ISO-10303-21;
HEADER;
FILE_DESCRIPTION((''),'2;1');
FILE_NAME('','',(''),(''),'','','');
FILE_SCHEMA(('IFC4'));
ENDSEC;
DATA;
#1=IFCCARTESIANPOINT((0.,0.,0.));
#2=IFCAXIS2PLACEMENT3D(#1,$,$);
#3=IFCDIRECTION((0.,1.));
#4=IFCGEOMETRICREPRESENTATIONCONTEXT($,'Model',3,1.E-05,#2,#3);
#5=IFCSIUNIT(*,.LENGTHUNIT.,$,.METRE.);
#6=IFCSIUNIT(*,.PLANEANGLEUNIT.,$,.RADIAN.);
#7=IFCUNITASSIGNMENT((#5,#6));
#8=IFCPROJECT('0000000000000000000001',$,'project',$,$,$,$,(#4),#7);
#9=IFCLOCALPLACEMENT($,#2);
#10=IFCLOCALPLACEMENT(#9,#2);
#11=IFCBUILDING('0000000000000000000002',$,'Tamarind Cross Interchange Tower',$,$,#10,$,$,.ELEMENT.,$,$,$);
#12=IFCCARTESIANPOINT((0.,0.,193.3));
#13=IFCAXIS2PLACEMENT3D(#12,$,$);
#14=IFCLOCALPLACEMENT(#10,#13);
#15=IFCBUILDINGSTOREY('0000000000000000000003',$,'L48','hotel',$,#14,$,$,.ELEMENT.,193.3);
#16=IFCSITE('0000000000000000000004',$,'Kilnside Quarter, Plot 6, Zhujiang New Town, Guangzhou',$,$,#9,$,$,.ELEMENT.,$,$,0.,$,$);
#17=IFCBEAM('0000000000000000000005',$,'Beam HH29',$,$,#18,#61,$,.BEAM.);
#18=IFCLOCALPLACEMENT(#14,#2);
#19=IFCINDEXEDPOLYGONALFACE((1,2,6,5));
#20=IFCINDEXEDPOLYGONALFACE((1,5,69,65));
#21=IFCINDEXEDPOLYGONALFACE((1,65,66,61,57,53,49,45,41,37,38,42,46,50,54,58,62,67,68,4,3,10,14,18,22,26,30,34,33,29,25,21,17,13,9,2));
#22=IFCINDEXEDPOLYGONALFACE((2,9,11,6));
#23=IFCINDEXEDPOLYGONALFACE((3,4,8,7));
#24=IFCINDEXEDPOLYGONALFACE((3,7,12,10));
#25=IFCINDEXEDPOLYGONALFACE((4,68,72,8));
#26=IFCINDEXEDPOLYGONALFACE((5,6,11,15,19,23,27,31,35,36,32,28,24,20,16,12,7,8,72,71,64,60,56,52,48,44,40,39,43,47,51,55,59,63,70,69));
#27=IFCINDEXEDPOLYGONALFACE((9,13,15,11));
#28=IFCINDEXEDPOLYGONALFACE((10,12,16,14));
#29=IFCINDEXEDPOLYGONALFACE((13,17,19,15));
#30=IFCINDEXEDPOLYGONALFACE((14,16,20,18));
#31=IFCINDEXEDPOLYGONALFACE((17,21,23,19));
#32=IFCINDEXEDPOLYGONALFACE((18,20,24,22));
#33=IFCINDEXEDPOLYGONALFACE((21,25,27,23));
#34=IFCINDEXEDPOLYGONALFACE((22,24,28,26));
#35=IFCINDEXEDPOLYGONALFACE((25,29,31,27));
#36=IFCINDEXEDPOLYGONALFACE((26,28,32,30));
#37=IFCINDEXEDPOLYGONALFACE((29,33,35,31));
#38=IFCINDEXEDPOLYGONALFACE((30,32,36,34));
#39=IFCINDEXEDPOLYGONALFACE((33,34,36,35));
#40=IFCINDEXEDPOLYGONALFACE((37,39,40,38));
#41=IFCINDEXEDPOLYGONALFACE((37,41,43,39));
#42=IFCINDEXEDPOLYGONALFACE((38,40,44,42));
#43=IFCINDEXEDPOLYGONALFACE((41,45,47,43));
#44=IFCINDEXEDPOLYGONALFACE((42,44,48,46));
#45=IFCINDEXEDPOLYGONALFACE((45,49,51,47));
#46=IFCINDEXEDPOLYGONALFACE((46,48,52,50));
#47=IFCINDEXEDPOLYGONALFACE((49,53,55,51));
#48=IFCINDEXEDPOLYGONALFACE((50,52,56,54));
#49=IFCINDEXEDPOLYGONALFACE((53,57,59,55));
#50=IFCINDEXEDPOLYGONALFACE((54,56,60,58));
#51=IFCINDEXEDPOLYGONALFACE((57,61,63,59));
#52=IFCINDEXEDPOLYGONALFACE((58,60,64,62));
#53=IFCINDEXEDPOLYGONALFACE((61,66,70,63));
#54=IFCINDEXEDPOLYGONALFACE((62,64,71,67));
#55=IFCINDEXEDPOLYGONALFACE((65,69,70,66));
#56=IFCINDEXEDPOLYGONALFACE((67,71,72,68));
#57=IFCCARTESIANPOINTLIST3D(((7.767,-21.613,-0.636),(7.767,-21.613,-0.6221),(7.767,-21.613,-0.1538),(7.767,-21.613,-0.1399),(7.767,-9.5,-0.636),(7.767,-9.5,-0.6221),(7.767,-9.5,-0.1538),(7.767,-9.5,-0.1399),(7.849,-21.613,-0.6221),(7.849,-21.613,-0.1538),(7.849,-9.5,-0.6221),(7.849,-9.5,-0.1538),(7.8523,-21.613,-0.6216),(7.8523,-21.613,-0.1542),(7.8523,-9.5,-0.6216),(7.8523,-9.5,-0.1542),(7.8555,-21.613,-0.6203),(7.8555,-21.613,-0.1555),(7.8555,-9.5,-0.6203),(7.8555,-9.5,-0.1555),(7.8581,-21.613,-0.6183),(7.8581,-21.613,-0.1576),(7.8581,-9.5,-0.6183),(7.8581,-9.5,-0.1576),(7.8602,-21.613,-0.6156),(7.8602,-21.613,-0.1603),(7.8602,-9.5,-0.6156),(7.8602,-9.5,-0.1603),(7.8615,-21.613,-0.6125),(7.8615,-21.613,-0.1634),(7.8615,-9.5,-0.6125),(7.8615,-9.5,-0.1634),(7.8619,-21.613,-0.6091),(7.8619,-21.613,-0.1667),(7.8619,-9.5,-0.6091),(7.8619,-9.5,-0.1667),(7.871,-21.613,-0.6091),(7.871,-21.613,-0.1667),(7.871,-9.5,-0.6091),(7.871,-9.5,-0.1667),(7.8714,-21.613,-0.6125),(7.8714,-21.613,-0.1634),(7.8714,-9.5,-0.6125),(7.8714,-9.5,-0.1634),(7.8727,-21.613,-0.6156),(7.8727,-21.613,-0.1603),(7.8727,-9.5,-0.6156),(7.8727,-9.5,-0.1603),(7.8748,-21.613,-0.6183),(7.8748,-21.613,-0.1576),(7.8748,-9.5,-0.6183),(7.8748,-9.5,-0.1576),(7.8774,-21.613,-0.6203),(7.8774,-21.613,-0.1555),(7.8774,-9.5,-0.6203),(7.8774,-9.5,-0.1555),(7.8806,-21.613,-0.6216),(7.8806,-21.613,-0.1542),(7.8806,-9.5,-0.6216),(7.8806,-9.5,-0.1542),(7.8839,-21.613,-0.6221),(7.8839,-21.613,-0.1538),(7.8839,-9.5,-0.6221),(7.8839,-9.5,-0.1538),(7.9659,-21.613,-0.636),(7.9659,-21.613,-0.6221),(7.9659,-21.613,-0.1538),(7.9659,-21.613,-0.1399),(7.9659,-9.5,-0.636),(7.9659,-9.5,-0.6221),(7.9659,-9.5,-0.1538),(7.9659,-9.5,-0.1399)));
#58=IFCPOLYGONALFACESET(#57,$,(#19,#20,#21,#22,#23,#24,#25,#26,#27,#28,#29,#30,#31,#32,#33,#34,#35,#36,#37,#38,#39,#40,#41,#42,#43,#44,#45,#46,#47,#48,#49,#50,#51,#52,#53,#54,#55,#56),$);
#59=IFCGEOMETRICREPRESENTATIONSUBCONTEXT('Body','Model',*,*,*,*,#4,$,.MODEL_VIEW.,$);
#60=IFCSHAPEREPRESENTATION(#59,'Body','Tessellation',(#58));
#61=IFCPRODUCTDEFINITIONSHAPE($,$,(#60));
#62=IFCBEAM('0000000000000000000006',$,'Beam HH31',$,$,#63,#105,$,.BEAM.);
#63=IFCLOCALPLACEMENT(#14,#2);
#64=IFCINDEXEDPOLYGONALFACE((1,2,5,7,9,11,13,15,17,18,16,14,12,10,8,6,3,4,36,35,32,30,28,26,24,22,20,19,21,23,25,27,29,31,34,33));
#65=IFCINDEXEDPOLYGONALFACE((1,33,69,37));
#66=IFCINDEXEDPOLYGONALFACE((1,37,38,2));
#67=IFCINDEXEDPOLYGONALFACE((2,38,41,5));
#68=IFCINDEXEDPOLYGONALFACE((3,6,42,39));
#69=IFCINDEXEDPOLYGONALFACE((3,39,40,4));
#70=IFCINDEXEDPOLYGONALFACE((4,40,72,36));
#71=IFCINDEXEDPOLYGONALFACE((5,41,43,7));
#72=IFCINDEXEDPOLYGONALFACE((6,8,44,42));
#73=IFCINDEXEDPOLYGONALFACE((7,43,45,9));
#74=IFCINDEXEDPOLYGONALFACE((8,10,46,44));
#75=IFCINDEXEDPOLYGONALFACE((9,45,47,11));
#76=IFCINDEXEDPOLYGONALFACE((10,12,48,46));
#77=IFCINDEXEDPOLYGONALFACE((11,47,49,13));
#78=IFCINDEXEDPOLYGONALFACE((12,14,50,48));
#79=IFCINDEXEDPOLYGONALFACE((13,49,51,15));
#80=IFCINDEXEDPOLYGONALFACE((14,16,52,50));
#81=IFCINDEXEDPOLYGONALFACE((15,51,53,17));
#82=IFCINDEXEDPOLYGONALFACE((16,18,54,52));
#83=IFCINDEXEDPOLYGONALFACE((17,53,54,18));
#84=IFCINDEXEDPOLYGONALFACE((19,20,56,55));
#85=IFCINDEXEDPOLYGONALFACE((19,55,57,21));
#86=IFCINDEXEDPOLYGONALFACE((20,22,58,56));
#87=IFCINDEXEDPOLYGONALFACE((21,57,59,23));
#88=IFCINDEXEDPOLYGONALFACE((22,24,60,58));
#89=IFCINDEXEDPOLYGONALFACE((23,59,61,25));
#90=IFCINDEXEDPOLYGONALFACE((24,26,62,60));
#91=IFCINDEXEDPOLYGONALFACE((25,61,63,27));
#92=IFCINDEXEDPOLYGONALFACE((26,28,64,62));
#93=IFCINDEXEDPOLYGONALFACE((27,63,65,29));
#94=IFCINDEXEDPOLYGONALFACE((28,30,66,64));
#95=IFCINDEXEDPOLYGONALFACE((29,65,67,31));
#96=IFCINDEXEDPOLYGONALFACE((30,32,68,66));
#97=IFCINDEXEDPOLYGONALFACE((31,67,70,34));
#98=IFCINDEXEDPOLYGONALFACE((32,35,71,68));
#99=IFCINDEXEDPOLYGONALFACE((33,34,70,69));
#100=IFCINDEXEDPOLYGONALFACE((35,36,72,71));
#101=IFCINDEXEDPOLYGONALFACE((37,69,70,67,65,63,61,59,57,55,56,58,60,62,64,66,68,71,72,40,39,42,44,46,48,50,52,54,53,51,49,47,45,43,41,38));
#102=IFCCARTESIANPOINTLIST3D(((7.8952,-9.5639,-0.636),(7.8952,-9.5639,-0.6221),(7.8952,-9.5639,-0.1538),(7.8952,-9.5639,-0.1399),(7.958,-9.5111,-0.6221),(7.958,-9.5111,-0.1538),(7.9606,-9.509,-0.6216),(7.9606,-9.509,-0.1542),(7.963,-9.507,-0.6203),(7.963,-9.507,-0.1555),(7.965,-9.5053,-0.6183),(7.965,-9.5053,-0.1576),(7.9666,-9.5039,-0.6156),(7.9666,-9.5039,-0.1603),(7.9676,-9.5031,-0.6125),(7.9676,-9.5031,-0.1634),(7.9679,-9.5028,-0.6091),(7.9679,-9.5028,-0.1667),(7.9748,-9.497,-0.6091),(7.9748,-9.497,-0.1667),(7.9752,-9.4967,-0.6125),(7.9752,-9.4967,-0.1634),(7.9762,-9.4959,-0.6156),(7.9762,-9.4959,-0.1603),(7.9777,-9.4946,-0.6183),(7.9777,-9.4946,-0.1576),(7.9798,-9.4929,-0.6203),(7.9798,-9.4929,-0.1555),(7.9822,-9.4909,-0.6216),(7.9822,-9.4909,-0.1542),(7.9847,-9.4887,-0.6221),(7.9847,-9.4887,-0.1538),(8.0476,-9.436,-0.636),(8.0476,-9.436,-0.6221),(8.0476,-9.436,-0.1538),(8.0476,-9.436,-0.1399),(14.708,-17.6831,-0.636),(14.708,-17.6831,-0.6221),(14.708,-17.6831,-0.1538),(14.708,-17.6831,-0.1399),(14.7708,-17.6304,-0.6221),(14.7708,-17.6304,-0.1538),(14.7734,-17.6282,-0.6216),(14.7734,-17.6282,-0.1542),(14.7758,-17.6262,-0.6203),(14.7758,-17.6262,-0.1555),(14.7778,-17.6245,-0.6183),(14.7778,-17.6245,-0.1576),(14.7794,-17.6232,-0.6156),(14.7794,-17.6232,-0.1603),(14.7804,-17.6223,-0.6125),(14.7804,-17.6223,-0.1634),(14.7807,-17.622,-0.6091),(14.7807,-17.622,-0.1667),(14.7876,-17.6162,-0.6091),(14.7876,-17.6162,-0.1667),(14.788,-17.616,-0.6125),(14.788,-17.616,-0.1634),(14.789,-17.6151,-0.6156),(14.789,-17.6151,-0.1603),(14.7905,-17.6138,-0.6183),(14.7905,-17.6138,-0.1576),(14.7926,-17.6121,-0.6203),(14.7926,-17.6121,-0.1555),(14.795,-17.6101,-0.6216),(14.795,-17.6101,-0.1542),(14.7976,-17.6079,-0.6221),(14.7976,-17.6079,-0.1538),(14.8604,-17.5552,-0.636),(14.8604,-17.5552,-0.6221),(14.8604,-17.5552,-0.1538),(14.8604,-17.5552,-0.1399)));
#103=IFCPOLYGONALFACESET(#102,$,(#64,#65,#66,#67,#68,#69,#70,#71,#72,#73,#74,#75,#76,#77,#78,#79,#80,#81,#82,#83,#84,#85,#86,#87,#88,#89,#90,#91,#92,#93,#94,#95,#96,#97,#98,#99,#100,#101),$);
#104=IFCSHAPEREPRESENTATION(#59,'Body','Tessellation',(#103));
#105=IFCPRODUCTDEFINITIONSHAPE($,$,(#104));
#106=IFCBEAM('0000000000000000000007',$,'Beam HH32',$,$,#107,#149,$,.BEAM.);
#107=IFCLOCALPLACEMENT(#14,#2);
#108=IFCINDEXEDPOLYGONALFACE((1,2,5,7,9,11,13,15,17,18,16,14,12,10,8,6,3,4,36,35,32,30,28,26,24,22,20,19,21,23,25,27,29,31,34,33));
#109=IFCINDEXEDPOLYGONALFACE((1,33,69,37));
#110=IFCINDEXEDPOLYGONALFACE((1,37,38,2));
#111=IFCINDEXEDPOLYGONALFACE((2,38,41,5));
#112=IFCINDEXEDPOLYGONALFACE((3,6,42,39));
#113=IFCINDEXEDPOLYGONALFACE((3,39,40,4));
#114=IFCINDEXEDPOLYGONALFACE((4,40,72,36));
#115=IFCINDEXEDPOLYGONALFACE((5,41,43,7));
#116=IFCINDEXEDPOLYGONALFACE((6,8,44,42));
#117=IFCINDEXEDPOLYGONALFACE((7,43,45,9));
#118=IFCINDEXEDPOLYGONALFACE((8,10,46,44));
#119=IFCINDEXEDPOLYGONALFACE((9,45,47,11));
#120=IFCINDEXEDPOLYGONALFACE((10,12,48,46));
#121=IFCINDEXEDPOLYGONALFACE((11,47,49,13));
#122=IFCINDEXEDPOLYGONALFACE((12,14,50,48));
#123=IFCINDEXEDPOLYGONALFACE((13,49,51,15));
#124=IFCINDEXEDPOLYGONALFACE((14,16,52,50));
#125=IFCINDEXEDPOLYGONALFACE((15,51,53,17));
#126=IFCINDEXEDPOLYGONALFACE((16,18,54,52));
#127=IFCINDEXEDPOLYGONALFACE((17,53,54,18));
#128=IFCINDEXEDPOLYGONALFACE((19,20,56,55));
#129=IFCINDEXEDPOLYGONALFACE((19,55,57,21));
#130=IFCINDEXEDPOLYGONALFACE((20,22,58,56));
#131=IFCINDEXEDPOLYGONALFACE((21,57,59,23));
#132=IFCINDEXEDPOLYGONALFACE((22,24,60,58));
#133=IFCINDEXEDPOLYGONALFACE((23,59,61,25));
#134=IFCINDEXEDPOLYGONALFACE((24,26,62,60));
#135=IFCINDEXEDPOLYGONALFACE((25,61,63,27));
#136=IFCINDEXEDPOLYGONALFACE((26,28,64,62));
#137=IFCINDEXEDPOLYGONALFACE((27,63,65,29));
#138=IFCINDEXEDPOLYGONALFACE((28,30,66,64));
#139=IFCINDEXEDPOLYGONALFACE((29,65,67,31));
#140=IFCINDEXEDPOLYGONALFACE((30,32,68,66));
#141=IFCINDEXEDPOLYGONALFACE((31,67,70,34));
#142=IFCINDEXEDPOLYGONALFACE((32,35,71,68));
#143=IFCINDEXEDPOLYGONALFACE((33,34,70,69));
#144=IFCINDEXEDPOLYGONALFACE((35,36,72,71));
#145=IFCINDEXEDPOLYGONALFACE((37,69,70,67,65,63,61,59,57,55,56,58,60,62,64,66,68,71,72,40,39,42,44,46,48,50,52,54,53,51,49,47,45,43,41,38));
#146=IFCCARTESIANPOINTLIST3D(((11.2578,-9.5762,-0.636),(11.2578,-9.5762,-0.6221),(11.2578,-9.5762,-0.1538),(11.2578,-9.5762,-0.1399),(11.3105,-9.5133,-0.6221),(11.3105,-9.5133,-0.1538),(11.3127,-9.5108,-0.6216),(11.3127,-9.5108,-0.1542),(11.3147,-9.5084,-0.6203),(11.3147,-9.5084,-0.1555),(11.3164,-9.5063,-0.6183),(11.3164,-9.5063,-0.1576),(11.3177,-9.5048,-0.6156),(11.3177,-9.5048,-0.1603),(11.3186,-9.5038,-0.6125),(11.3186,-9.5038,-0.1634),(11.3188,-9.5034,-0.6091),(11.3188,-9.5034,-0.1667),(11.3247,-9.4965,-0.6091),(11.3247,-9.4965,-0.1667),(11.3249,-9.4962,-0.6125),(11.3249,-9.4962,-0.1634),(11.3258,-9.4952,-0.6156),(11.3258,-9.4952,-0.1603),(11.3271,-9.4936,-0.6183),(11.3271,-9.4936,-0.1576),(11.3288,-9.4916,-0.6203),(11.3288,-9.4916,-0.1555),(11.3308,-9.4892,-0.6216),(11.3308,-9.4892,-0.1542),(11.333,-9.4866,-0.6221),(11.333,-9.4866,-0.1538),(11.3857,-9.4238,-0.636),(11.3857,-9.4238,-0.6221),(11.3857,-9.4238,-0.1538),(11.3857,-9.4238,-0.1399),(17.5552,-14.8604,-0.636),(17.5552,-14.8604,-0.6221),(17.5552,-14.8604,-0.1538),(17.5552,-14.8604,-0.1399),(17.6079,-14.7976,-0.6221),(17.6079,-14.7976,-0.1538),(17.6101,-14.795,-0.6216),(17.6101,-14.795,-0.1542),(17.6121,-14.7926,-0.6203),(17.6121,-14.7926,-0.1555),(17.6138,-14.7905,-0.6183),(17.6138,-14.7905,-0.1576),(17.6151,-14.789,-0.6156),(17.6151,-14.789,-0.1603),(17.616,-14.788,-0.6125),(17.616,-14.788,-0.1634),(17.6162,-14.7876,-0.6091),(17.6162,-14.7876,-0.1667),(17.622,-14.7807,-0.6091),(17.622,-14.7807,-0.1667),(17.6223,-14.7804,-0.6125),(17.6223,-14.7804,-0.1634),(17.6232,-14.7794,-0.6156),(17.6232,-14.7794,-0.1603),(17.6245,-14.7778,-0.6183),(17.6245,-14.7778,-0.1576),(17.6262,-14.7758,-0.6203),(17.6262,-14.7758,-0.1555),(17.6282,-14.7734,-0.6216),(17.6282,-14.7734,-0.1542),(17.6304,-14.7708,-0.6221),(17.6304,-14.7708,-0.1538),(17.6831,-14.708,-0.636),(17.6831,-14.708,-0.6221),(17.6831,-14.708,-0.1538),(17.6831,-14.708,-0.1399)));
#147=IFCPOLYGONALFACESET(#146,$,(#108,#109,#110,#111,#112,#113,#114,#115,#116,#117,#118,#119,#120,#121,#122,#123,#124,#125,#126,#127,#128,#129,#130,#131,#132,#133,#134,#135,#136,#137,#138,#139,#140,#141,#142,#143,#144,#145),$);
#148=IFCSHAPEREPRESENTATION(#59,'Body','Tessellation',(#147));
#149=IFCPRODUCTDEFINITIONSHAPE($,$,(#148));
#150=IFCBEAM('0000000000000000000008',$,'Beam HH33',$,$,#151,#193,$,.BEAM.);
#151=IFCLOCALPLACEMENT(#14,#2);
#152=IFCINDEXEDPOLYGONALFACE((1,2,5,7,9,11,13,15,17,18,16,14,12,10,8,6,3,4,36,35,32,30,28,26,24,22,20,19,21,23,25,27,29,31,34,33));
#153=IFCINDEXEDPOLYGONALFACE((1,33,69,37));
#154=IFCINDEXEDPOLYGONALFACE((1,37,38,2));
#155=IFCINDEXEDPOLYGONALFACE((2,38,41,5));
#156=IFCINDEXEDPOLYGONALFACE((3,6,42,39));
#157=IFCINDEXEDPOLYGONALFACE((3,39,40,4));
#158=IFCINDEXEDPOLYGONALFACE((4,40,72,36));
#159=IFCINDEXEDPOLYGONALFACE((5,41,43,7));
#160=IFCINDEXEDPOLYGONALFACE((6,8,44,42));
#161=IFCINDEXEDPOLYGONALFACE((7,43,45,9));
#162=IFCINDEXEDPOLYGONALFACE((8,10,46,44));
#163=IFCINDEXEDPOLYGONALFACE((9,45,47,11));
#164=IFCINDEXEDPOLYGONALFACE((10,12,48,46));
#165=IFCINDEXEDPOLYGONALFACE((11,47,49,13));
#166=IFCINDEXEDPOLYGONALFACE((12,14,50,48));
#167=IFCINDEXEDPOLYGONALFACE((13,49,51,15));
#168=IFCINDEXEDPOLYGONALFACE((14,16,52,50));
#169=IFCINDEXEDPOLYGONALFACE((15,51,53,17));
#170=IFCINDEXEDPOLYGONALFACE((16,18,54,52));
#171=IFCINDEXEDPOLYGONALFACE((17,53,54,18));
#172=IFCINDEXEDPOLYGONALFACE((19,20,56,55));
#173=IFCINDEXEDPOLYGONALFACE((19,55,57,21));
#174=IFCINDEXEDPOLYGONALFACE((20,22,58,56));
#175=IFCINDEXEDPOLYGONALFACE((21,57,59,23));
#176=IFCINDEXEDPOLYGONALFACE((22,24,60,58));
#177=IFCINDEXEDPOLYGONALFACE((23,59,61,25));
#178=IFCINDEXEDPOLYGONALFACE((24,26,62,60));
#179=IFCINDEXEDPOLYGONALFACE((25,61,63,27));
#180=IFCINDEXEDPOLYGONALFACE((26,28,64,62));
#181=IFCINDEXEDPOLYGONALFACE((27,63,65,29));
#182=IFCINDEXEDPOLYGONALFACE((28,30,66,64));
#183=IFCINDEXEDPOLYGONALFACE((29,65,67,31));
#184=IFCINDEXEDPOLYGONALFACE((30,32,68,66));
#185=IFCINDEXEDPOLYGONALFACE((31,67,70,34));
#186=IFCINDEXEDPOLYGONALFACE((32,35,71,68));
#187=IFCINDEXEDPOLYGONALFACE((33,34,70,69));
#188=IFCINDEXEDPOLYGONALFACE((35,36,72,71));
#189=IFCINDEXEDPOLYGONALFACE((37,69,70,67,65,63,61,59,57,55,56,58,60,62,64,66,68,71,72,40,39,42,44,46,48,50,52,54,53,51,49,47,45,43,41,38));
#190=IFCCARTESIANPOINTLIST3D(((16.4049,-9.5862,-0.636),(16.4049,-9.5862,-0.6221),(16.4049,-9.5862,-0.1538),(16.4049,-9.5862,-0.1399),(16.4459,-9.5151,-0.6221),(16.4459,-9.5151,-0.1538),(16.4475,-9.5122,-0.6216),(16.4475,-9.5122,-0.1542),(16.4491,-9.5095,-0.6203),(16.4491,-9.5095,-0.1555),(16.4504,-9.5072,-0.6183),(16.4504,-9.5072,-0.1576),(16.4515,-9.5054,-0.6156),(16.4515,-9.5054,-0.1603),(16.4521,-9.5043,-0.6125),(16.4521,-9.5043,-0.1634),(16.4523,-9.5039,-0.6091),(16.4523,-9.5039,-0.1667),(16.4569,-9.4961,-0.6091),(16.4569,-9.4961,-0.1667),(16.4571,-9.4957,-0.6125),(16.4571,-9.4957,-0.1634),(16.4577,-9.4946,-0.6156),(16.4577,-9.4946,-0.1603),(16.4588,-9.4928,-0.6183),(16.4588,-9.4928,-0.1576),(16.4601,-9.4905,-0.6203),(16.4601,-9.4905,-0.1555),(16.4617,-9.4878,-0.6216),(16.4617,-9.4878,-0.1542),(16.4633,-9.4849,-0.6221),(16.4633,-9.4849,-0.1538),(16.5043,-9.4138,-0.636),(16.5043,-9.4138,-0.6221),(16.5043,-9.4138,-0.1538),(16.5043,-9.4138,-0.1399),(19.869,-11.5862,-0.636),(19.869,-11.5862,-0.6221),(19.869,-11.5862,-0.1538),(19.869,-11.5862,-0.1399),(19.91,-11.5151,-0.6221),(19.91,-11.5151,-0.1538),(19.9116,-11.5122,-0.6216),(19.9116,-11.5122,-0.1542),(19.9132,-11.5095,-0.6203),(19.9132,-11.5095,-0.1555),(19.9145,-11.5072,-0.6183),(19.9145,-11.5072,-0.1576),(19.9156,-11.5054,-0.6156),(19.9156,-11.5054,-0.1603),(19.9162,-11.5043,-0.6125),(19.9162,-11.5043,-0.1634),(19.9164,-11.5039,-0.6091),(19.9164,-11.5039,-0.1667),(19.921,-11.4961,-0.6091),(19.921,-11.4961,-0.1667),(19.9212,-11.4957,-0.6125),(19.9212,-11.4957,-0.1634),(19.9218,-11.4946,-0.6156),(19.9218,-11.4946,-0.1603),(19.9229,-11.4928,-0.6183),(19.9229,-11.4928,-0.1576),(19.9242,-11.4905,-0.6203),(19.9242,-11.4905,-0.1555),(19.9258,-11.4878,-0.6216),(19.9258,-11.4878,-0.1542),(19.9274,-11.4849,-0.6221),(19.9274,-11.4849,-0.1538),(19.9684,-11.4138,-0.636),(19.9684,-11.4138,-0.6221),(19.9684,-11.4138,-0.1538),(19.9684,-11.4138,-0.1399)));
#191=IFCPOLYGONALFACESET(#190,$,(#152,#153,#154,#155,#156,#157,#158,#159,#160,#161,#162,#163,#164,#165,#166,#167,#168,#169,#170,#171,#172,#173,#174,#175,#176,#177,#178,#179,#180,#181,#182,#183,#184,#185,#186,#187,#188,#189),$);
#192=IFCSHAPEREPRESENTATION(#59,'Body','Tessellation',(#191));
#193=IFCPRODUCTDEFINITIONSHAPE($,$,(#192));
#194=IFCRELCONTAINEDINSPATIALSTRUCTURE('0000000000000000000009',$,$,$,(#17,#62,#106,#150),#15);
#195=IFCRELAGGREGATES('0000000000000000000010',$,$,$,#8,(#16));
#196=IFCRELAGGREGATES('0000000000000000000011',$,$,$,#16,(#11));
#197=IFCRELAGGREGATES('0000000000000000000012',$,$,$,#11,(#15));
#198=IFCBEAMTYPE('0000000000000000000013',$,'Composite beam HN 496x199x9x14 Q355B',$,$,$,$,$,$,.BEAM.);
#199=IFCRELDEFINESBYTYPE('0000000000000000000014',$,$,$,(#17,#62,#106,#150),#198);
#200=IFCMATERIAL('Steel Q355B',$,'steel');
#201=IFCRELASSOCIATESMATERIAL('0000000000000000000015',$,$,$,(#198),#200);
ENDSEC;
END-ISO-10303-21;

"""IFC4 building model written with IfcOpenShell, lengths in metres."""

from ifc_helpers import new_model, si_unit, direction, frame, origin, origin_2d, place, context, subcontext, project, spatial, i_section, extrude, material, material_profile, profile_set, type_object, element, save


model = new_model("IFC4")

# Units and contexts
model_context = context("Model", 3, precision=1e-05, world=origin(), true_north=direction((0.0, 1.0)))
body_context = subcontext(model_context, "Body", "Model", "MODEL_VIEW")
ifc_project = project(units=[si_unit("LENGTHUNIT", "METRE"), si_unit("PLANEANGLEUNIT", "RADIAN")], contexts=[model_context])

# Site, building, storey
site_placement = place(None, origin())
site = spatial("IfcSite", under=ifc_project, at=site_placement, Name="Kilnside Quarter, Plot 6, Zhujiang New Town, Guangzhou", CompositionType="ELEMENT", RefElevation=0.0)
building_placement = place(site_placement, origin())
building = spatial("IfcBuilding", under=site, at=building_placement, Name="Tamarind Cross Interchange Tower", CompositionType="ELEMENT")
storey_placement = place(building_placement, frame((0.0, 0.0, 193.3)))
storey = spatial("IfcBuildingStorey", under=building, at=storey_placement, Name="L48", Description="hotel", CompositionType="ELEMENT", Elevation=193.3)

# Beams
ifc_material_1 = material(Name="Steel Q355B", Category="steel")
ifc_material_profile_1 = material_profile(ifc_material_1, i_section(OverallWidth=0.199, OverallDepth=0.4961, WebThickness=0.009, FlangeThickness=0.0139, FilletRadius=0.0129, at=origin_2d()), Name="HN 496x199x9x14")
ifc_profile_set_1 = profile_set([ifc_material_profile_1], Name="Steel Q355B")
beam_type = type_object("IfcBeamType", Name="Composite beam HN 496x199x9x14 Q355B", PredefinedType="BEAM", material=ifc_profile_set_1)
beam_1_placement = place(storey_placement, frame((7.8665, -21.613, -0.3879), z_axis=(0.0, 1.0, 0.0), x_axis=(-1.0, 0.0, 0.0)))
element("IfcBeam", 1, at=beam_1_placement, inside=storey, type_object=beam_type, Name="Beam HH29", PredefinedType="BEAM", context=body_context, shape_type="SweptSolid", body=[
    extrude(i_section(OverallWidth=0.199, OverallDepth=0.4961, WebThickness=0.009, FlangeThickness=0.0139, FilletRadius=0.0129, at=origin_2d()), origin(), (0.0, 0.0, 1.0), 12.113),
])
beam_2_placement = place(storey_placement, frame((14.7842, -17.6191, -0.3879), z_axis=(-0.642786, 0.766046, 0.0), x_axis=(-0.766046, -0.642786, 0.0)))
element("IfcBeam", 2, at=beam_2_placement, inside=storey, type_object=beam_type, Name="Beam HH31", PredefinedType="BEAM", context=body_context, shape_type="SweptSolid", body=[
    extrude(i_section(OverallWidth=0.199, OverallDepth=0.4961, WebThickness=0.009, FlangeThickness=0.0139, FilletRadius=0.0129, at=origin_2d()), origin(), (0.0, 0.0, 1.0), 10.5989),
])
beam_3_placement = place(storey_placement, frame((17.6191, -14.7842, -0.3879), z_axis=(-0.766041, 0.642792, 0.0), x_axis=(-0.642792, -0.766041, 0.0)))
element("IfcBeam", 3, at=beam_3_placement, inside=storey, type_object=beam_type, Name="Beam HH32", PredefinedType="BEAM", context=body_context, shape_type="SweptSolid", body=[
    extrude(i_section(OverallWidth=0.199, OverallDepth=0.4961, WebThickness=0.009, FlangeThickness=0.0139, FilletRadius=0.0129, at=origin_2d()), origin(), (0.0, 0.0, 1.0), 8.2207),
])
beam_4_placement = place(storey_placement, frame((19.9187, -11.5, -0.3879), z_axis=(-0.866026, 0.499999, 0.0), x_axis=(-0.499999, -0.866026, 0.0)))
element("IfcBeam", 4, at=beam_4_placement, inside=storey, type_object=beam_type, Name="Beam HH33", PredefinedType="BEAM", context=body_context, shape_type="SweptSolid", body=[
    extrude(i_section(OverallWidth=0.199, OverallDepth=0.4961, WebThickness=0.009, FlangeThickness=0.0139, FilletRadius=0.0129, at=origin_2d()), origin(), (0.0, 0.0, 1.0), 4.0),
])

save(model, "model.ifc")
